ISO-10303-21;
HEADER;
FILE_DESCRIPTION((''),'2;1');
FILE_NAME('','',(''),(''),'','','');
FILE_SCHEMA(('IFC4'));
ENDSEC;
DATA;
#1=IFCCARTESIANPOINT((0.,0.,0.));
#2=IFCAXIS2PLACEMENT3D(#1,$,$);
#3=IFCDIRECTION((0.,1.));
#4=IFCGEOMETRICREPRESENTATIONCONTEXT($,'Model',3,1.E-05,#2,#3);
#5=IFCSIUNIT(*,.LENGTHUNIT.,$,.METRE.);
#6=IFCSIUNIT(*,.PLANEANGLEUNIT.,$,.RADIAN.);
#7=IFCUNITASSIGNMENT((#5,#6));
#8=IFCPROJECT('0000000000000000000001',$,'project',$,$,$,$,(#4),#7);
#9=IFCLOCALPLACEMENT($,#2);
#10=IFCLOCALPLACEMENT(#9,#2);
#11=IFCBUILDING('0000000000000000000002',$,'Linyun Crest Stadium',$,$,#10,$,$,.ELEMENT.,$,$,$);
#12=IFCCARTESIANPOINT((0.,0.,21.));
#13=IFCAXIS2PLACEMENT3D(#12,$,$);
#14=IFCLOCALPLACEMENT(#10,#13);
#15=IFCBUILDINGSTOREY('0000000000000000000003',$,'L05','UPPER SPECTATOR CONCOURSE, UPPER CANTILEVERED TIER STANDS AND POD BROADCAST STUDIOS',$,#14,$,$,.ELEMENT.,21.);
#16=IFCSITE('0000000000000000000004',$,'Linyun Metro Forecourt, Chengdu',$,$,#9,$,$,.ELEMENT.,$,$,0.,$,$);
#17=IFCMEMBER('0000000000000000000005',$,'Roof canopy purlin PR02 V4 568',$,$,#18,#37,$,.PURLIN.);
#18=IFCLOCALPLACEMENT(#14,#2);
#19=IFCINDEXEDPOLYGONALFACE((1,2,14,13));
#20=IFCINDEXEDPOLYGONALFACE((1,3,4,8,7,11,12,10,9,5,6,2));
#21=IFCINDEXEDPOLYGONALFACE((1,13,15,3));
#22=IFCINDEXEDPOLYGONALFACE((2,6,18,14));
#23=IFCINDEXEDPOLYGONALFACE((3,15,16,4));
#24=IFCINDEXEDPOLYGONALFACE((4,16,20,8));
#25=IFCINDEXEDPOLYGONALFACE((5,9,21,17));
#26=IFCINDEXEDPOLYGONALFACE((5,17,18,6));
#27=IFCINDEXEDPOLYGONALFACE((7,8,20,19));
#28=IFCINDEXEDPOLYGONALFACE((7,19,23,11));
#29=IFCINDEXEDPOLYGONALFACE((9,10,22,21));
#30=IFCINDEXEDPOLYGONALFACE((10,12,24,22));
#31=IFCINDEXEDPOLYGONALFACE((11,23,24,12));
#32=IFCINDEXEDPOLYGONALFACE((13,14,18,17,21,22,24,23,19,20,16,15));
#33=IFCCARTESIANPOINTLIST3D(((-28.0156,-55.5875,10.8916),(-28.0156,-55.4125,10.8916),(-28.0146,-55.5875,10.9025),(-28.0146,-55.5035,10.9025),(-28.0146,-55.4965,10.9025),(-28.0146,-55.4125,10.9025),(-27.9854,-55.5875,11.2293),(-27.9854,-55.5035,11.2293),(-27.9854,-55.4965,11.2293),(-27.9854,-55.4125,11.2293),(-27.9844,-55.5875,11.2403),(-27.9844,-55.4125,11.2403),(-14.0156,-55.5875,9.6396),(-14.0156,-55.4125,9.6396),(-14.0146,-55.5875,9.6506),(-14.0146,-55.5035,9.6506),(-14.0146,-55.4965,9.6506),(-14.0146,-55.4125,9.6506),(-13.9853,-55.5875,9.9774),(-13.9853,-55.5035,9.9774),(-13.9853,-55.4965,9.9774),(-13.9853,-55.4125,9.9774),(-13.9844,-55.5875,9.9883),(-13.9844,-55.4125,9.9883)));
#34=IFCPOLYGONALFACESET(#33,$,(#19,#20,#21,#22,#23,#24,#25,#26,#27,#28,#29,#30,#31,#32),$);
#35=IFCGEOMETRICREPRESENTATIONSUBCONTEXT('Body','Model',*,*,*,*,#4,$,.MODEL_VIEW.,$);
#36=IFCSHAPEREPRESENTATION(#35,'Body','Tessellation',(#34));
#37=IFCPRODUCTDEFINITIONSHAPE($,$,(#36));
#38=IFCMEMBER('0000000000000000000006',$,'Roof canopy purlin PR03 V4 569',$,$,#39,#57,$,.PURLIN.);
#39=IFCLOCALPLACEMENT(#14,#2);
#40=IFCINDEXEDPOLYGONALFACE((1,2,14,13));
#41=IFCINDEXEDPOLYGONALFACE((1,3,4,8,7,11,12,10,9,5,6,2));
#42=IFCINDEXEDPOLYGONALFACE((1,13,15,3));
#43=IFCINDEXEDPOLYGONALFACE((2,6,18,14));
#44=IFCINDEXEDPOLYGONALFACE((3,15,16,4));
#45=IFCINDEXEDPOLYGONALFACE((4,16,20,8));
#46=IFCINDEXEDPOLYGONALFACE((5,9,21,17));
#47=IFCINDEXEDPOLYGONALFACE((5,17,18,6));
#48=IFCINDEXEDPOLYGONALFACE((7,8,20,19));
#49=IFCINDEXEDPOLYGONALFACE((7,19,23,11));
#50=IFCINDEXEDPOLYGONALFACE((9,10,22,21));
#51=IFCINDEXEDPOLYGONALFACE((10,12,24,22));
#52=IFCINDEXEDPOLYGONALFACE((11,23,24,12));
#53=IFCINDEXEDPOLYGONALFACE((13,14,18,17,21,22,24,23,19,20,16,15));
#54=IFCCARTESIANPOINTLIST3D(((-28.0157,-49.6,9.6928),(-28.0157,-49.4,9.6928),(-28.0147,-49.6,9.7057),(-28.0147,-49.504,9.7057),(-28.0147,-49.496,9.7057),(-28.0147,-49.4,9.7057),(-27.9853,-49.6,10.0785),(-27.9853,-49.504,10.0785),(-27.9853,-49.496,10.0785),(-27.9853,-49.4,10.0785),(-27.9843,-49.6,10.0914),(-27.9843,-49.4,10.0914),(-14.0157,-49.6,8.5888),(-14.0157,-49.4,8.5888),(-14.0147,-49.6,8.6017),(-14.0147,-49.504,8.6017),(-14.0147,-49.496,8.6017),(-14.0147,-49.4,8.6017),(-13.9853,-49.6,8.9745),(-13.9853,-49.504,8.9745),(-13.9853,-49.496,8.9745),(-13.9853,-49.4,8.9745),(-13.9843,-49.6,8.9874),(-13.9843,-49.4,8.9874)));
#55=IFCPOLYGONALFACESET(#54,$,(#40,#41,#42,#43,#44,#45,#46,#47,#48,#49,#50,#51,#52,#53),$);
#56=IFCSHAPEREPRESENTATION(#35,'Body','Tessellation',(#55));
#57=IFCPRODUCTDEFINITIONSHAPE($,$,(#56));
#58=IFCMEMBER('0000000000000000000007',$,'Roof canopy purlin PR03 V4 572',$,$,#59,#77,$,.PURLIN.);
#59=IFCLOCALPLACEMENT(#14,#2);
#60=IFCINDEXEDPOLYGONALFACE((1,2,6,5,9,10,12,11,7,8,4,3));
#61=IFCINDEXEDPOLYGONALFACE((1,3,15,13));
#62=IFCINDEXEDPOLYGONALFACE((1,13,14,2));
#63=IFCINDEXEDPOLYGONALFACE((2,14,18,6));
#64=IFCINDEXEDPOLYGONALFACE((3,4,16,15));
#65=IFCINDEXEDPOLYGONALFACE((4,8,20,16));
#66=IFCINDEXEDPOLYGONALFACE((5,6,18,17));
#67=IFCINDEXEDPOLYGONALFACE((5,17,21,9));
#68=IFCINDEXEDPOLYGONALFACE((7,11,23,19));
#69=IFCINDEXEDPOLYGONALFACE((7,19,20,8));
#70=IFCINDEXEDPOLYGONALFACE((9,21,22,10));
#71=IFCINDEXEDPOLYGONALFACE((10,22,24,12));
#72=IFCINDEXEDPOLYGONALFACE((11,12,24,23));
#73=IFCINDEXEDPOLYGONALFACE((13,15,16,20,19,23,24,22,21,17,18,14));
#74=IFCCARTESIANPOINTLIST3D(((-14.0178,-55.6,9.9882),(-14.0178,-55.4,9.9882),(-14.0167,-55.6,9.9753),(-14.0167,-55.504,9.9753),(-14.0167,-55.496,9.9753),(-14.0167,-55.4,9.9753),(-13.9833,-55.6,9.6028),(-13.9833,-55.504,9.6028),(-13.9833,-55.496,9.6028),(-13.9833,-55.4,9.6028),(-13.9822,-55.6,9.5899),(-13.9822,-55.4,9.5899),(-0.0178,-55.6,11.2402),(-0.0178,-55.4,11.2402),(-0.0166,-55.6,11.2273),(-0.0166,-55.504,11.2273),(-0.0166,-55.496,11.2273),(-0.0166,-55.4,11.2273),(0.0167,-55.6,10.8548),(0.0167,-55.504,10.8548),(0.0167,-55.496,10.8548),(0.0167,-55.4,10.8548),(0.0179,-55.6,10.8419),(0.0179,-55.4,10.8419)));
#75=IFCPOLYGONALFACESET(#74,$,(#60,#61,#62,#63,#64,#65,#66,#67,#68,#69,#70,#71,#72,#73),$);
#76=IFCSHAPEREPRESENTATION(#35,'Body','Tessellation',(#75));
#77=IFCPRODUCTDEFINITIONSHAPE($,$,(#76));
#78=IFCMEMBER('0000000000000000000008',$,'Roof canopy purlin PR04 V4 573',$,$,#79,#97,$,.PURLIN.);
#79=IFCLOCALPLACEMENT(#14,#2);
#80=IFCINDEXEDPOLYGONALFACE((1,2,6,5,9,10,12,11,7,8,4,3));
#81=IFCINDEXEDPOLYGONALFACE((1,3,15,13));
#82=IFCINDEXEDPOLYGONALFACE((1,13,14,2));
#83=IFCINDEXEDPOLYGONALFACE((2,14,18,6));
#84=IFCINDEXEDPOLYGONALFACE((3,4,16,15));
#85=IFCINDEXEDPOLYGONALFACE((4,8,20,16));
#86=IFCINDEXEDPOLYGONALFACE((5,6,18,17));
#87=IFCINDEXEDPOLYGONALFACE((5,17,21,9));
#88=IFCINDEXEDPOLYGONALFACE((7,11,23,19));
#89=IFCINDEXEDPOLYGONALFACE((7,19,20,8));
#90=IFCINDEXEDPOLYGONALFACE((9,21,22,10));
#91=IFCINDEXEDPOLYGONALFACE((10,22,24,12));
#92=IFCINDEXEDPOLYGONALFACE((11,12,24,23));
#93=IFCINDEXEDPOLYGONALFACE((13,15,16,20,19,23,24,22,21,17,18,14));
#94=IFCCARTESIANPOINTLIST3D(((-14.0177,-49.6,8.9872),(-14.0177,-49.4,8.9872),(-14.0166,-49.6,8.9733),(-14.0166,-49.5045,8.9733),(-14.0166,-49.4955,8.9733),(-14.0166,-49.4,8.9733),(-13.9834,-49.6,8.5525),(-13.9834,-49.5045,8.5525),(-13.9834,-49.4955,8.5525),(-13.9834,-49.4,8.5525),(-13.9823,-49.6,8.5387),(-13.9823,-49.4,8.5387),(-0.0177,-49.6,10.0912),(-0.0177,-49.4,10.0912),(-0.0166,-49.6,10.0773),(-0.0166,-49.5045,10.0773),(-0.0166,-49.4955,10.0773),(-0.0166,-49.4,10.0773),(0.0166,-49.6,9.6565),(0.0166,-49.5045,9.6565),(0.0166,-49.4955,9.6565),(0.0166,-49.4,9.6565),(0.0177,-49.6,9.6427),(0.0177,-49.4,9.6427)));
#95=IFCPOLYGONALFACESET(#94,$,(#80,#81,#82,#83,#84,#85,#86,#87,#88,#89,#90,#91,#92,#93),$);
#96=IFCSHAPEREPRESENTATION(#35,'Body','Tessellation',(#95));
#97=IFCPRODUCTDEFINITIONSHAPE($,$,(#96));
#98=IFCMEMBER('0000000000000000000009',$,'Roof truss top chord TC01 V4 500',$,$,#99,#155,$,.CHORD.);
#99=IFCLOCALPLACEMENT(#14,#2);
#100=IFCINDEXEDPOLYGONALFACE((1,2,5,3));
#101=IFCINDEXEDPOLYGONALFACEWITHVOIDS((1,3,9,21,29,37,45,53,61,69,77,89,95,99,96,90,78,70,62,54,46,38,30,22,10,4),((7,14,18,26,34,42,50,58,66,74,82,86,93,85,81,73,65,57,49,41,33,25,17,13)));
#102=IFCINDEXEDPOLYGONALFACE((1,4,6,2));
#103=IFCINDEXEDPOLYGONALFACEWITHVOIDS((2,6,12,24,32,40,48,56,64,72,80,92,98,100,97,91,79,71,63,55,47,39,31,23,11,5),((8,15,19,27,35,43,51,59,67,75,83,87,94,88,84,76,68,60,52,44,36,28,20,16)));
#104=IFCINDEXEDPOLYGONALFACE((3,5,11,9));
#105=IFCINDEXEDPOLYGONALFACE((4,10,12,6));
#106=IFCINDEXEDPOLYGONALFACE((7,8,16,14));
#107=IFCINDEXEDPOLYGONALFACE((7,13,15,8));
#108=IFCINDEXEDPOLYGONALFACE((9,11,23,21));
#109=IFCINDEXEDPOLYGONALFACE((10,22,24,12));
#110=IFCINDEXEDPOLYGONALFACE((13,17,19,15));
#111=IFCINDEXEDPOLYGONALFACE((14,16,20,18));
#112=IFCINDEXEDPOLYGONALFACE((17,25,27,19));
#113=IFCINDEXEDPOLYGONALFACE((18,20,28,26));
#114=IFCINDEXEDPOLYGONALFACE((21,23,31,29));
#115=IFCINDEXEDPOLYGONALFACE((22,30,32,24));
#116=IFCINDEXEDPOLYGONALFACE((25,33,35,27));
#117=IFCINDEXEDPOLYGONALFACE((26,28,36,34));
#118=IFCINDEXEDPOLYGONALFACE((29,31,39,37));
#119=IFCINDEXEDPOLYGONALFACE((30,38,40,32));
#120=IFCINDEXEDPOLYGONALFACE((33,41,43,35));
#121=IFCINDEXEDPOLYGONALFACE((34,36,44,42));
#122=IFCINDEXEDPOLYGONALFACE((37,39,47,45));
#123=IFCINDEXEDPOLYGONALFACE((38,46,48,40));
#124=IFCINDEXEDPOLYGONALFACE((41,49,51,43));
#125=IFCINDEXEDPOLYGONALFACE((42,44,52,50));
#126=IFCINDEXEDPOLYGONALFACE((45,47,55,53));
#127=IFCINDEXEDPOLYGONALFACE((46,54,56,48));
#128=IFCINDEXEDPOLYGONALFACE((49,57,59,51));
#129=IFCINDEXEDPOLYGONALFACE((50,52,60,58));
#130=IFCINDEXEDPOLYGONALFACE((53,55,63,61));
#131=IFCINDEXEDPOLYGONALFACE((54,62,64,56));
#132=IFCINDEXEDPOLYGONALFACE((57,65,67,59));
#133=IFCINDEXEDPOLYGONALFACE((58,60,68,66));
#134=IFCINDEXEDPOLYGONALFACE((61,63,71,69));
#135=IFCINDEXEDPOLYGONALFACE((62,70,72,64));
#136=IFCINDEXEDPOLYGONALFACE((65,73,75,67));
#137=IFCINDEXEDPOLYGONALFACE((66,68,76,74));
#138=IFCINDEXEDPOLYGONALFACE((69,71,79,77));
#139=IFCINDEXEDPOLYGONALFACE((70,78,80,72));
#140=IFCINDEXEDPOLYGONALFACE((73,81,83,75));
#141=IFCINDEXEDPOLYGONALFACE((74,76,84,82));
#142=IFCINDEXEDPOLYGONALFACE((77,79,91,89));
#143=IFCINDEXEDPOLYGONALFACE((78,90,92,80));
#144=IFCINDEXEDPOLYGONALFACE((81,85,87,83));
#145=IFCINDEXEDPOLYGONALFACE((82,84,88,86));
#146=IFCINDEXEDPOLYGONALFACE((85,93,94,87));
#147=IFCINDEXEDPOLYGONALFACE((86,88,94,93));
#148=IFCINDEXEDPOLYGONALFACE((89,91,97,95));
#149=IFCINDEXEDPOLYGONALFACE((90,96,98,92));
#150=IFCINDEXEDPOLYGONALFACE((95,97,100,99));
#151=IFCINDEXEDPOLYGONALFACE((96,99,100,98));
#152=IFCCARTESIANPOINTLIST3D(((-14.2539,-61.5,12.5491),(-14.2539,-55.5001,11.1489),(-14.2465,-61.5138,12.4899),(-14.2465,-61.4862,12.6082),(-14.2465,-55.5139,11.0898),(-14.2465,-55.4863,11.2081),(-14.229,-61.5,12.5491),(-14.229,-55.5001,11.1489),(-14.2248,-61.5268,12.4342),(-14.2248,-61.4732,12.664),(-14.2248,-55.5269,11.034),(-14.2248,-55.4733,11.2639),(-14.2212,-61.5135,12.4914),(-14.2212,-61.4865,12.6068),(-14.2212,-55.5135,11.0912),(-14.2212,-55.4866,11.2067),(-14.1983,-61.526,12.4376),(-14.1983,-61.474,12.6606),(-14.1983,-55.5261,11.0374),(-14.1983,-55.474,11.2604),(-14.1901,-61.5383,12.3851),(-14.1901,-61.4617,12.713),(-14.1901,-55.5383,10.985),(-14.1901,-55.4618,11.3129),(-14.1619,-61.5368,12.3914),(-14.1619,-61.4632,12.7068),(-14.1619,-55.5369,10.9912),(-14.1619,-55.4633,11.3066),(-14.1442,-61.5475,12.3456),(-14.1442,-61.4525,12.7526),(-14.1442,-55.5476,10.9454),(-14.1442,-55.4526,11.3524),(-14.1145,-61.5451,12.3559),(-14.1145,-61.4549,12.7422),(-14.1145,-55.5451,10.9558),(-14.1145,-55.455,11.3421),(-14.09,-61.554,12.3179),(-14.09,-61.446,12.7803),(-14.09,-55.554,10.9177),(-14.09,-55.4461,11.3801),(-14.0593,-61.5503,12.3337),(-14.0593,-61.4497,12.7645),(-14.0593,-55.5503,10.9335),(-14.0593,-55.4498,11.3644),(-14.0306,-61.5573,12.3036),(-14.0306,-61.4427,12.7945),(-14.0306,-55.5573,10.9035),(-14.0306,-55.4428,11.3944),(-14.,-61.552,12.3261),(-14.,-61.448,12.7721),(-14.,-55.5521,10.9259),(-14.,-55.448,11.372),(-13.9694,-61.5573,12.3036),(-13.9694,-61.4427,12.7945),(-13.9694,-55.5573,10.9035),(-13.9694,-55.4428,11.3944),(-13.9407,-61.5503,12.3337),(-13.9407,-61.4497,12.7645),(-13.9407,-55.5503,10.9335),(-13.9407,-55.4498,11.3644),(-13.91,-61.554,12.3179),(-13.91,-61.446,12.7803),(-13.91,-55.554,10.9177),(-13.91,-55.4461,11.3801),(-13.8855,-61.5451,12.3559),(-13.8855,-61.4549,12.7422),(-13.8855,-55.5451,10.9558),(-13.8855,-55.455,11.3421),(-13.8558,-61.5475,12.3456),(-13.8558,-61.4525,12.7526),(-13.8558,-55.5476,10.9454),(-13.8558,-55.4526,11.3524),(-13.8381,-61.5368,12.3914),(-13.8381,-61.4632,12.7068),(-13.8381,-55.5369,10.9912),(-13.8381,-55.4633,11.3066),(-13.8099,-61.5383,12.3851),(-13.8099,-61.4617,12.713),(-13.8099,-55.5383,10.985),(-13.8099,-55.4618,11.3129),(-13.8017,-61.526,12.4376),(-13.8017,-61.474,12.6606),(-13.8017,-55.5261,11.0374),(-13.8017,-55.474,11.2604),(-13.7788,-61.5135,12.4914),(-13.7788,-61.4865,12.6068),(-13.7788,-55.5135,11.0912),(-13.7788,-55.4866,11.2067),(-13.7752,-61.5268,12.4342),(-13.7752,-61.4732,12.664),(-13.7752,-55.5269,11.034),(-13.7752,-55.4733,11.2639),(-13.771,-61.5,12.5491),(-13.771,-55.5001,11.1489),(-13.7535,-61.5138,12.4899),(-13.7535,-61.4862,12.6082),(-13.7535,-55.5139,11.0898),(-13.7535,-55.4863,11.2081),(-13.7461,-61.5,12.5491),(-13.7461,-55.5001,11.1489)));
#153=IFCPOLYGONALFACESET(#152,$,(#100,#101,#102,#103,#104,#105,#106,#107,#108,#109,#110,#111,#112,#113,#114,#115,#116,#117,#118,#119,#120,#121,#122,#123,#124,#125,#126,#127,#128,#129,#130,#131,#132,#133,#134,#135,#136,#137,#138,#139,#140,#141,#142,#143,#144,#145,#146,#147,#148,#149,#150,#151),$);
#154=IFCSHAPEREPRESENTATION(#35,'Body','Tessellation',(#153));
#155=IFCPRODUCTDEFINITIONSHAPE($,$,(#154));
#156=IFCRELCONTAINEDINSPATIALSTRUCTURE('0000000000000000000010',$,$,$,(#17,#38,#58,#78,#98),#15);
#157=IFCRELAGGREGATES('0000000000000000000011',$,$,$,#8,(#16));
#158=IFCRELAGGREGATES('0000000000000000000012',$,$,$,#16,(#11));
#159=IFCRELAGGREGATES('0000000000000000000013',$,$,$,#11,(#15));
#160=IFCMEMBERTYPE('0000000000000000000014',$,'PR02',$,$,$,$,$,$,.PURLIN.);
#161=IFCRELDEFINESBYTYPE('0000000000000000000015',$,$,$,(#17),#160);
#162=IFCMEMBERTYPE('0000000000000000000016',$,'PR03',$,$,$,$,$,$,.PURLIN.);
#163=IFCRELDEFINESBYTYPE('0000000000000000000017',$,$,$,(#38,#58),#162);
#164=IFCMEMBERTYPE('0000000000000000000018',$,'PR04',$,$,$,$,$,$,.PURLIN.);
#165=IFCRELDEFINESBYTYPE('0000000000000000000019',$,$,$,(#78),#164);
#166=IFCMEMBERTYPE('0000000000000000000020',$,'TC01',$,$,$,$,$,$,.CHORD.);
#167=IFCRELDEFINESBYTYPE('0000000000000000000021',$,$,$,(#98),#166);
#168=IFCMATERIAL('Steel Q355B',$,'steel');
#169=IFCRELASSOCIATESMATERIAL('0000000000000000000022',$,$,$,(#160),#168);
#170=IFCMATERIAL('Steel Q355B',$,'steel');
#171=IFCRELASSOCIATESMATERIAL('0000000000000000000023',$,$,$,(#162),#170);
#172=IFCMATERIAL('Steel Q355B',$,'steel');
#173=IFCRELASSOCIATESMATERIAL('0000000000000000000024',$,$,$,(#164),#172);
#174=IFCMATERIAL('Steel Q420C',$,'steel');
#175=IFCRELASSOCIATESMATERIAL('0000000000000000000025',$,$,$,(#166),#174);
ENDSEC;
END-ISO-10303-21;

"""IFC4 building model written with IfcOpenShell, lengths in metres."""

from ifc_helpers import new_model, si_unit, direction, frame, origin, origin_2d, place, context, subcontext, project, spatial, hollow_circle, i_section, extrude, material, material_profile, profile_set, type_object, element, save


model = new_model("IFC4")

# Units and contexts
model_context = context("Model", 3, precision=1e-05, world=origin(), true_north=direction((0.0, 1.0)))
body_context = subcontext(model_context, "Body", "Model", "MODEL_VIEW")
ifc_project = project(units=[si_unit("LENGTHUNIT", "METRE"), si_unit("PLANEANGLEUNIT", "RADIAN")], contexts=[model_context])

# Site, building, storey
site_placement = place(None, origin())
site = spatial("IfcSite", under=ifc_project, at=site_placement, Name="Linyun Metro Forecourt, Chengdu", CompositionType="ELEMENT", RefElevation=0.0)
building_placement = place(site_placement, origin())
building = spatial("IfcBuilding", under=site, at=building_placement, Name="Linyun Crest Stadium", CompositionType="ELEMENT")
storey_placement = place(building_placement, frame((0.0, 0.0, 21.0)))
storey = spatial("IfcBuildingStorey", under=building, at=storey_placement, Name="L05", Description="UPPER SPECTATOR CONCOURSE, UPPER CANTILEVERED TIER STANDS AND POD BROADCAST STUDIOS", CompositionType="ELEMENT", Elevation=21.0)

# Members
ifc_material_1 = material(Name="Steel Q355B", Category="steel")
ifc_material_profile_1 = material_profile(ifc_material_1, i_section(OverallWidth=0.175, OverallDepth=0.3501, WebThickness=0.0071, FlangeThickness=0.011, at=origin_2d()), Name="HN 350x175")
ifc_profile_set_1 = profile_set([ifc_material_profile_1], Name="Steel Q355B")
member_type_1 = type_object("IfcMemberType", Name="PR02", PredefinedType="PURLIN", material=ifc_profile_set_1)
member_1_placement = place(storey_placement, frame((-28.0, -55.5, 11.0659), z_axis=(0.996025, 0.0, -0.08907), x_axis=(0.0, 1.0, 0.0)))
element("IfcMember", 1, at=member_1_placement, inside=storey, type_object=member_type_1, Name="Roof canopy purlin PR02 V4 568", PredefinedType="PURLIN", context=body_context, shape_type="SweptSolid", body=[
    extrude(i_section(OverallWidth=0.175, OverallDepth=0.3501, WebThickness=0.0071, FlangeThickness=0.011, at=origin_2d()), origin(), (0.0, 0.0, 1.0), 14.0559),
])
ifc_material_2 = material(Name="Steel Q355B", Category="steel")
ifc_material_profile_2 = material_profile(ifc_material_2, i_section(OverallWidth=0.2, OverallDepth=0.3999, WebThickness=0.0081, FlangeThickness=0.0129, at=origin_2d()), Name="HN 400x200")
ifc_profile_set_2 = profile_set([ifc_material_profile_2], Name="Steel Q355B")
member_type_2 = type_object("IfcMemberType", Name="PR03", PredefinedType="PURLIN", material=ifc_profile_set_2)
member_2_placement = place(storey_placement, frame((-28.0, -49.5, 9.8921), z_axis=(0.996905, 0.0, -0.078613), x_axis=(0.0, 1.0, 0.0)))
element("IfcMember", 2, at=member_2_placement, inside=storey, type_object=member_type_2, Name="Roof canopy purlin PR03 V4 569", PredefinedType="PURLIN", context=body_context, shape_type="SweptSolid", body=[
    extrude(i_section(OverallWidth=0.2, OverallDepth=0.3999, WebThickness=0.0081, FlangeThickness=0.0129, at=origin_2d()), origin(), (0.0, 0.0, 1.0), 14.0435),
])
member_3_placement = place(storey_placement, frame((-14.0, -55.5, 9.7891), z_axis=(0.996025, 0.0, 0.08907), x_axis=(0.0, 1.0, 0.0)))
element("IfcMember", 3, at=member_3_placement, inside=storey, type_object=member_type_2, Name="Roof canopy purlin PR03 V4 572", PredefinedType="PURLIN", context=body_context, shape_type="SweptSolid", body=[
    extrude(i_section(OverallWidth=0.2, OverallDepth=0.3999, WebThickness=0.0081, FlangeThickness=0.0129, at=origin_2d()), origin(), (0.0, 0.0, 1.0), 14.0559),
])
ifc_material_3 = material(Name="Steel Q355B", Category="steel")
ifc_material_profile_3 = material_profile(ifc_material_3, i_section(OverallWidth=0.2, OverallDepth=0.45, WebThickness=0.009, FlangeThickness=0.0139, at=origin_2d()), Name="HN 450x200")
ifc_profile_set_3 = profile_set([ifc_material_profile_3], Name="Steel Q355B")
member_type_3 = type_object("IfcMemberType", Name="PR04", PredefinedType="PURLIN", material=ifc_profile_set_3)
member_4_placement = place(storey_placement, frame((-14.0, -49.5, 8.7629), z_axis=(0.996905, 0.0, 0.078613), x_axis=(0.0, 1.0, 0.0)))
element("IfcMember", 4, at=member_4_placement, inside=storey, type_object=member_type_3, Name="Roof canopy purlin PR04 V4 573", PredefinedType="PURLIN", context=body_context, shape_type="SweptSolid", body=[
    extrude(i_section(OverallWidth=0.2, OverallDepth=0.45, WebThickness=0.009, FlangeThickness=0.0139, at=origin_2d()), origin(), (0.0, 0.0, 1.0), 14.0435),
])
ifc_material_4 = material(Name="Steel Q420C", Category="steel")
ifc_material_profile_4 = material_profile(ifc_material_4, hollow_circle(Radius=0.2539, WallThickness=0.0249, at=origin_2d()), Name="CHS 508x25")
ifc_profile_set_4 = profile_set([ifc_material_profile_4], Name="Steel Q420C")
member_type_4 = type_object("IfcMemberType", Name="TC01", PredefinedType="CHORD", material=ifc_profile_set_4)
member_5_placement = place(storey_placement, frame((-14.0, -61.5, 12.5491), z_axis=(0.0, 0.973836, -0.227252), x_axis=(-1.0, 0.0, 0.0)))
element("IfcMember", 5, at=member_5_placement, inside=storey, type_object=member_type_4, Name="Roof truss top chord TC01 V4 500", PredefinedType="CHORD", context=body_context, shape_type="SweptSolid", body=[
    extrude(hollow_circle(Radius=0.2539, WallThickness=0.0249, at=origin_2d()), origin(), (0.0, 0.0, 1.0), 6.1611),
])

save(model, "model.ifc")
